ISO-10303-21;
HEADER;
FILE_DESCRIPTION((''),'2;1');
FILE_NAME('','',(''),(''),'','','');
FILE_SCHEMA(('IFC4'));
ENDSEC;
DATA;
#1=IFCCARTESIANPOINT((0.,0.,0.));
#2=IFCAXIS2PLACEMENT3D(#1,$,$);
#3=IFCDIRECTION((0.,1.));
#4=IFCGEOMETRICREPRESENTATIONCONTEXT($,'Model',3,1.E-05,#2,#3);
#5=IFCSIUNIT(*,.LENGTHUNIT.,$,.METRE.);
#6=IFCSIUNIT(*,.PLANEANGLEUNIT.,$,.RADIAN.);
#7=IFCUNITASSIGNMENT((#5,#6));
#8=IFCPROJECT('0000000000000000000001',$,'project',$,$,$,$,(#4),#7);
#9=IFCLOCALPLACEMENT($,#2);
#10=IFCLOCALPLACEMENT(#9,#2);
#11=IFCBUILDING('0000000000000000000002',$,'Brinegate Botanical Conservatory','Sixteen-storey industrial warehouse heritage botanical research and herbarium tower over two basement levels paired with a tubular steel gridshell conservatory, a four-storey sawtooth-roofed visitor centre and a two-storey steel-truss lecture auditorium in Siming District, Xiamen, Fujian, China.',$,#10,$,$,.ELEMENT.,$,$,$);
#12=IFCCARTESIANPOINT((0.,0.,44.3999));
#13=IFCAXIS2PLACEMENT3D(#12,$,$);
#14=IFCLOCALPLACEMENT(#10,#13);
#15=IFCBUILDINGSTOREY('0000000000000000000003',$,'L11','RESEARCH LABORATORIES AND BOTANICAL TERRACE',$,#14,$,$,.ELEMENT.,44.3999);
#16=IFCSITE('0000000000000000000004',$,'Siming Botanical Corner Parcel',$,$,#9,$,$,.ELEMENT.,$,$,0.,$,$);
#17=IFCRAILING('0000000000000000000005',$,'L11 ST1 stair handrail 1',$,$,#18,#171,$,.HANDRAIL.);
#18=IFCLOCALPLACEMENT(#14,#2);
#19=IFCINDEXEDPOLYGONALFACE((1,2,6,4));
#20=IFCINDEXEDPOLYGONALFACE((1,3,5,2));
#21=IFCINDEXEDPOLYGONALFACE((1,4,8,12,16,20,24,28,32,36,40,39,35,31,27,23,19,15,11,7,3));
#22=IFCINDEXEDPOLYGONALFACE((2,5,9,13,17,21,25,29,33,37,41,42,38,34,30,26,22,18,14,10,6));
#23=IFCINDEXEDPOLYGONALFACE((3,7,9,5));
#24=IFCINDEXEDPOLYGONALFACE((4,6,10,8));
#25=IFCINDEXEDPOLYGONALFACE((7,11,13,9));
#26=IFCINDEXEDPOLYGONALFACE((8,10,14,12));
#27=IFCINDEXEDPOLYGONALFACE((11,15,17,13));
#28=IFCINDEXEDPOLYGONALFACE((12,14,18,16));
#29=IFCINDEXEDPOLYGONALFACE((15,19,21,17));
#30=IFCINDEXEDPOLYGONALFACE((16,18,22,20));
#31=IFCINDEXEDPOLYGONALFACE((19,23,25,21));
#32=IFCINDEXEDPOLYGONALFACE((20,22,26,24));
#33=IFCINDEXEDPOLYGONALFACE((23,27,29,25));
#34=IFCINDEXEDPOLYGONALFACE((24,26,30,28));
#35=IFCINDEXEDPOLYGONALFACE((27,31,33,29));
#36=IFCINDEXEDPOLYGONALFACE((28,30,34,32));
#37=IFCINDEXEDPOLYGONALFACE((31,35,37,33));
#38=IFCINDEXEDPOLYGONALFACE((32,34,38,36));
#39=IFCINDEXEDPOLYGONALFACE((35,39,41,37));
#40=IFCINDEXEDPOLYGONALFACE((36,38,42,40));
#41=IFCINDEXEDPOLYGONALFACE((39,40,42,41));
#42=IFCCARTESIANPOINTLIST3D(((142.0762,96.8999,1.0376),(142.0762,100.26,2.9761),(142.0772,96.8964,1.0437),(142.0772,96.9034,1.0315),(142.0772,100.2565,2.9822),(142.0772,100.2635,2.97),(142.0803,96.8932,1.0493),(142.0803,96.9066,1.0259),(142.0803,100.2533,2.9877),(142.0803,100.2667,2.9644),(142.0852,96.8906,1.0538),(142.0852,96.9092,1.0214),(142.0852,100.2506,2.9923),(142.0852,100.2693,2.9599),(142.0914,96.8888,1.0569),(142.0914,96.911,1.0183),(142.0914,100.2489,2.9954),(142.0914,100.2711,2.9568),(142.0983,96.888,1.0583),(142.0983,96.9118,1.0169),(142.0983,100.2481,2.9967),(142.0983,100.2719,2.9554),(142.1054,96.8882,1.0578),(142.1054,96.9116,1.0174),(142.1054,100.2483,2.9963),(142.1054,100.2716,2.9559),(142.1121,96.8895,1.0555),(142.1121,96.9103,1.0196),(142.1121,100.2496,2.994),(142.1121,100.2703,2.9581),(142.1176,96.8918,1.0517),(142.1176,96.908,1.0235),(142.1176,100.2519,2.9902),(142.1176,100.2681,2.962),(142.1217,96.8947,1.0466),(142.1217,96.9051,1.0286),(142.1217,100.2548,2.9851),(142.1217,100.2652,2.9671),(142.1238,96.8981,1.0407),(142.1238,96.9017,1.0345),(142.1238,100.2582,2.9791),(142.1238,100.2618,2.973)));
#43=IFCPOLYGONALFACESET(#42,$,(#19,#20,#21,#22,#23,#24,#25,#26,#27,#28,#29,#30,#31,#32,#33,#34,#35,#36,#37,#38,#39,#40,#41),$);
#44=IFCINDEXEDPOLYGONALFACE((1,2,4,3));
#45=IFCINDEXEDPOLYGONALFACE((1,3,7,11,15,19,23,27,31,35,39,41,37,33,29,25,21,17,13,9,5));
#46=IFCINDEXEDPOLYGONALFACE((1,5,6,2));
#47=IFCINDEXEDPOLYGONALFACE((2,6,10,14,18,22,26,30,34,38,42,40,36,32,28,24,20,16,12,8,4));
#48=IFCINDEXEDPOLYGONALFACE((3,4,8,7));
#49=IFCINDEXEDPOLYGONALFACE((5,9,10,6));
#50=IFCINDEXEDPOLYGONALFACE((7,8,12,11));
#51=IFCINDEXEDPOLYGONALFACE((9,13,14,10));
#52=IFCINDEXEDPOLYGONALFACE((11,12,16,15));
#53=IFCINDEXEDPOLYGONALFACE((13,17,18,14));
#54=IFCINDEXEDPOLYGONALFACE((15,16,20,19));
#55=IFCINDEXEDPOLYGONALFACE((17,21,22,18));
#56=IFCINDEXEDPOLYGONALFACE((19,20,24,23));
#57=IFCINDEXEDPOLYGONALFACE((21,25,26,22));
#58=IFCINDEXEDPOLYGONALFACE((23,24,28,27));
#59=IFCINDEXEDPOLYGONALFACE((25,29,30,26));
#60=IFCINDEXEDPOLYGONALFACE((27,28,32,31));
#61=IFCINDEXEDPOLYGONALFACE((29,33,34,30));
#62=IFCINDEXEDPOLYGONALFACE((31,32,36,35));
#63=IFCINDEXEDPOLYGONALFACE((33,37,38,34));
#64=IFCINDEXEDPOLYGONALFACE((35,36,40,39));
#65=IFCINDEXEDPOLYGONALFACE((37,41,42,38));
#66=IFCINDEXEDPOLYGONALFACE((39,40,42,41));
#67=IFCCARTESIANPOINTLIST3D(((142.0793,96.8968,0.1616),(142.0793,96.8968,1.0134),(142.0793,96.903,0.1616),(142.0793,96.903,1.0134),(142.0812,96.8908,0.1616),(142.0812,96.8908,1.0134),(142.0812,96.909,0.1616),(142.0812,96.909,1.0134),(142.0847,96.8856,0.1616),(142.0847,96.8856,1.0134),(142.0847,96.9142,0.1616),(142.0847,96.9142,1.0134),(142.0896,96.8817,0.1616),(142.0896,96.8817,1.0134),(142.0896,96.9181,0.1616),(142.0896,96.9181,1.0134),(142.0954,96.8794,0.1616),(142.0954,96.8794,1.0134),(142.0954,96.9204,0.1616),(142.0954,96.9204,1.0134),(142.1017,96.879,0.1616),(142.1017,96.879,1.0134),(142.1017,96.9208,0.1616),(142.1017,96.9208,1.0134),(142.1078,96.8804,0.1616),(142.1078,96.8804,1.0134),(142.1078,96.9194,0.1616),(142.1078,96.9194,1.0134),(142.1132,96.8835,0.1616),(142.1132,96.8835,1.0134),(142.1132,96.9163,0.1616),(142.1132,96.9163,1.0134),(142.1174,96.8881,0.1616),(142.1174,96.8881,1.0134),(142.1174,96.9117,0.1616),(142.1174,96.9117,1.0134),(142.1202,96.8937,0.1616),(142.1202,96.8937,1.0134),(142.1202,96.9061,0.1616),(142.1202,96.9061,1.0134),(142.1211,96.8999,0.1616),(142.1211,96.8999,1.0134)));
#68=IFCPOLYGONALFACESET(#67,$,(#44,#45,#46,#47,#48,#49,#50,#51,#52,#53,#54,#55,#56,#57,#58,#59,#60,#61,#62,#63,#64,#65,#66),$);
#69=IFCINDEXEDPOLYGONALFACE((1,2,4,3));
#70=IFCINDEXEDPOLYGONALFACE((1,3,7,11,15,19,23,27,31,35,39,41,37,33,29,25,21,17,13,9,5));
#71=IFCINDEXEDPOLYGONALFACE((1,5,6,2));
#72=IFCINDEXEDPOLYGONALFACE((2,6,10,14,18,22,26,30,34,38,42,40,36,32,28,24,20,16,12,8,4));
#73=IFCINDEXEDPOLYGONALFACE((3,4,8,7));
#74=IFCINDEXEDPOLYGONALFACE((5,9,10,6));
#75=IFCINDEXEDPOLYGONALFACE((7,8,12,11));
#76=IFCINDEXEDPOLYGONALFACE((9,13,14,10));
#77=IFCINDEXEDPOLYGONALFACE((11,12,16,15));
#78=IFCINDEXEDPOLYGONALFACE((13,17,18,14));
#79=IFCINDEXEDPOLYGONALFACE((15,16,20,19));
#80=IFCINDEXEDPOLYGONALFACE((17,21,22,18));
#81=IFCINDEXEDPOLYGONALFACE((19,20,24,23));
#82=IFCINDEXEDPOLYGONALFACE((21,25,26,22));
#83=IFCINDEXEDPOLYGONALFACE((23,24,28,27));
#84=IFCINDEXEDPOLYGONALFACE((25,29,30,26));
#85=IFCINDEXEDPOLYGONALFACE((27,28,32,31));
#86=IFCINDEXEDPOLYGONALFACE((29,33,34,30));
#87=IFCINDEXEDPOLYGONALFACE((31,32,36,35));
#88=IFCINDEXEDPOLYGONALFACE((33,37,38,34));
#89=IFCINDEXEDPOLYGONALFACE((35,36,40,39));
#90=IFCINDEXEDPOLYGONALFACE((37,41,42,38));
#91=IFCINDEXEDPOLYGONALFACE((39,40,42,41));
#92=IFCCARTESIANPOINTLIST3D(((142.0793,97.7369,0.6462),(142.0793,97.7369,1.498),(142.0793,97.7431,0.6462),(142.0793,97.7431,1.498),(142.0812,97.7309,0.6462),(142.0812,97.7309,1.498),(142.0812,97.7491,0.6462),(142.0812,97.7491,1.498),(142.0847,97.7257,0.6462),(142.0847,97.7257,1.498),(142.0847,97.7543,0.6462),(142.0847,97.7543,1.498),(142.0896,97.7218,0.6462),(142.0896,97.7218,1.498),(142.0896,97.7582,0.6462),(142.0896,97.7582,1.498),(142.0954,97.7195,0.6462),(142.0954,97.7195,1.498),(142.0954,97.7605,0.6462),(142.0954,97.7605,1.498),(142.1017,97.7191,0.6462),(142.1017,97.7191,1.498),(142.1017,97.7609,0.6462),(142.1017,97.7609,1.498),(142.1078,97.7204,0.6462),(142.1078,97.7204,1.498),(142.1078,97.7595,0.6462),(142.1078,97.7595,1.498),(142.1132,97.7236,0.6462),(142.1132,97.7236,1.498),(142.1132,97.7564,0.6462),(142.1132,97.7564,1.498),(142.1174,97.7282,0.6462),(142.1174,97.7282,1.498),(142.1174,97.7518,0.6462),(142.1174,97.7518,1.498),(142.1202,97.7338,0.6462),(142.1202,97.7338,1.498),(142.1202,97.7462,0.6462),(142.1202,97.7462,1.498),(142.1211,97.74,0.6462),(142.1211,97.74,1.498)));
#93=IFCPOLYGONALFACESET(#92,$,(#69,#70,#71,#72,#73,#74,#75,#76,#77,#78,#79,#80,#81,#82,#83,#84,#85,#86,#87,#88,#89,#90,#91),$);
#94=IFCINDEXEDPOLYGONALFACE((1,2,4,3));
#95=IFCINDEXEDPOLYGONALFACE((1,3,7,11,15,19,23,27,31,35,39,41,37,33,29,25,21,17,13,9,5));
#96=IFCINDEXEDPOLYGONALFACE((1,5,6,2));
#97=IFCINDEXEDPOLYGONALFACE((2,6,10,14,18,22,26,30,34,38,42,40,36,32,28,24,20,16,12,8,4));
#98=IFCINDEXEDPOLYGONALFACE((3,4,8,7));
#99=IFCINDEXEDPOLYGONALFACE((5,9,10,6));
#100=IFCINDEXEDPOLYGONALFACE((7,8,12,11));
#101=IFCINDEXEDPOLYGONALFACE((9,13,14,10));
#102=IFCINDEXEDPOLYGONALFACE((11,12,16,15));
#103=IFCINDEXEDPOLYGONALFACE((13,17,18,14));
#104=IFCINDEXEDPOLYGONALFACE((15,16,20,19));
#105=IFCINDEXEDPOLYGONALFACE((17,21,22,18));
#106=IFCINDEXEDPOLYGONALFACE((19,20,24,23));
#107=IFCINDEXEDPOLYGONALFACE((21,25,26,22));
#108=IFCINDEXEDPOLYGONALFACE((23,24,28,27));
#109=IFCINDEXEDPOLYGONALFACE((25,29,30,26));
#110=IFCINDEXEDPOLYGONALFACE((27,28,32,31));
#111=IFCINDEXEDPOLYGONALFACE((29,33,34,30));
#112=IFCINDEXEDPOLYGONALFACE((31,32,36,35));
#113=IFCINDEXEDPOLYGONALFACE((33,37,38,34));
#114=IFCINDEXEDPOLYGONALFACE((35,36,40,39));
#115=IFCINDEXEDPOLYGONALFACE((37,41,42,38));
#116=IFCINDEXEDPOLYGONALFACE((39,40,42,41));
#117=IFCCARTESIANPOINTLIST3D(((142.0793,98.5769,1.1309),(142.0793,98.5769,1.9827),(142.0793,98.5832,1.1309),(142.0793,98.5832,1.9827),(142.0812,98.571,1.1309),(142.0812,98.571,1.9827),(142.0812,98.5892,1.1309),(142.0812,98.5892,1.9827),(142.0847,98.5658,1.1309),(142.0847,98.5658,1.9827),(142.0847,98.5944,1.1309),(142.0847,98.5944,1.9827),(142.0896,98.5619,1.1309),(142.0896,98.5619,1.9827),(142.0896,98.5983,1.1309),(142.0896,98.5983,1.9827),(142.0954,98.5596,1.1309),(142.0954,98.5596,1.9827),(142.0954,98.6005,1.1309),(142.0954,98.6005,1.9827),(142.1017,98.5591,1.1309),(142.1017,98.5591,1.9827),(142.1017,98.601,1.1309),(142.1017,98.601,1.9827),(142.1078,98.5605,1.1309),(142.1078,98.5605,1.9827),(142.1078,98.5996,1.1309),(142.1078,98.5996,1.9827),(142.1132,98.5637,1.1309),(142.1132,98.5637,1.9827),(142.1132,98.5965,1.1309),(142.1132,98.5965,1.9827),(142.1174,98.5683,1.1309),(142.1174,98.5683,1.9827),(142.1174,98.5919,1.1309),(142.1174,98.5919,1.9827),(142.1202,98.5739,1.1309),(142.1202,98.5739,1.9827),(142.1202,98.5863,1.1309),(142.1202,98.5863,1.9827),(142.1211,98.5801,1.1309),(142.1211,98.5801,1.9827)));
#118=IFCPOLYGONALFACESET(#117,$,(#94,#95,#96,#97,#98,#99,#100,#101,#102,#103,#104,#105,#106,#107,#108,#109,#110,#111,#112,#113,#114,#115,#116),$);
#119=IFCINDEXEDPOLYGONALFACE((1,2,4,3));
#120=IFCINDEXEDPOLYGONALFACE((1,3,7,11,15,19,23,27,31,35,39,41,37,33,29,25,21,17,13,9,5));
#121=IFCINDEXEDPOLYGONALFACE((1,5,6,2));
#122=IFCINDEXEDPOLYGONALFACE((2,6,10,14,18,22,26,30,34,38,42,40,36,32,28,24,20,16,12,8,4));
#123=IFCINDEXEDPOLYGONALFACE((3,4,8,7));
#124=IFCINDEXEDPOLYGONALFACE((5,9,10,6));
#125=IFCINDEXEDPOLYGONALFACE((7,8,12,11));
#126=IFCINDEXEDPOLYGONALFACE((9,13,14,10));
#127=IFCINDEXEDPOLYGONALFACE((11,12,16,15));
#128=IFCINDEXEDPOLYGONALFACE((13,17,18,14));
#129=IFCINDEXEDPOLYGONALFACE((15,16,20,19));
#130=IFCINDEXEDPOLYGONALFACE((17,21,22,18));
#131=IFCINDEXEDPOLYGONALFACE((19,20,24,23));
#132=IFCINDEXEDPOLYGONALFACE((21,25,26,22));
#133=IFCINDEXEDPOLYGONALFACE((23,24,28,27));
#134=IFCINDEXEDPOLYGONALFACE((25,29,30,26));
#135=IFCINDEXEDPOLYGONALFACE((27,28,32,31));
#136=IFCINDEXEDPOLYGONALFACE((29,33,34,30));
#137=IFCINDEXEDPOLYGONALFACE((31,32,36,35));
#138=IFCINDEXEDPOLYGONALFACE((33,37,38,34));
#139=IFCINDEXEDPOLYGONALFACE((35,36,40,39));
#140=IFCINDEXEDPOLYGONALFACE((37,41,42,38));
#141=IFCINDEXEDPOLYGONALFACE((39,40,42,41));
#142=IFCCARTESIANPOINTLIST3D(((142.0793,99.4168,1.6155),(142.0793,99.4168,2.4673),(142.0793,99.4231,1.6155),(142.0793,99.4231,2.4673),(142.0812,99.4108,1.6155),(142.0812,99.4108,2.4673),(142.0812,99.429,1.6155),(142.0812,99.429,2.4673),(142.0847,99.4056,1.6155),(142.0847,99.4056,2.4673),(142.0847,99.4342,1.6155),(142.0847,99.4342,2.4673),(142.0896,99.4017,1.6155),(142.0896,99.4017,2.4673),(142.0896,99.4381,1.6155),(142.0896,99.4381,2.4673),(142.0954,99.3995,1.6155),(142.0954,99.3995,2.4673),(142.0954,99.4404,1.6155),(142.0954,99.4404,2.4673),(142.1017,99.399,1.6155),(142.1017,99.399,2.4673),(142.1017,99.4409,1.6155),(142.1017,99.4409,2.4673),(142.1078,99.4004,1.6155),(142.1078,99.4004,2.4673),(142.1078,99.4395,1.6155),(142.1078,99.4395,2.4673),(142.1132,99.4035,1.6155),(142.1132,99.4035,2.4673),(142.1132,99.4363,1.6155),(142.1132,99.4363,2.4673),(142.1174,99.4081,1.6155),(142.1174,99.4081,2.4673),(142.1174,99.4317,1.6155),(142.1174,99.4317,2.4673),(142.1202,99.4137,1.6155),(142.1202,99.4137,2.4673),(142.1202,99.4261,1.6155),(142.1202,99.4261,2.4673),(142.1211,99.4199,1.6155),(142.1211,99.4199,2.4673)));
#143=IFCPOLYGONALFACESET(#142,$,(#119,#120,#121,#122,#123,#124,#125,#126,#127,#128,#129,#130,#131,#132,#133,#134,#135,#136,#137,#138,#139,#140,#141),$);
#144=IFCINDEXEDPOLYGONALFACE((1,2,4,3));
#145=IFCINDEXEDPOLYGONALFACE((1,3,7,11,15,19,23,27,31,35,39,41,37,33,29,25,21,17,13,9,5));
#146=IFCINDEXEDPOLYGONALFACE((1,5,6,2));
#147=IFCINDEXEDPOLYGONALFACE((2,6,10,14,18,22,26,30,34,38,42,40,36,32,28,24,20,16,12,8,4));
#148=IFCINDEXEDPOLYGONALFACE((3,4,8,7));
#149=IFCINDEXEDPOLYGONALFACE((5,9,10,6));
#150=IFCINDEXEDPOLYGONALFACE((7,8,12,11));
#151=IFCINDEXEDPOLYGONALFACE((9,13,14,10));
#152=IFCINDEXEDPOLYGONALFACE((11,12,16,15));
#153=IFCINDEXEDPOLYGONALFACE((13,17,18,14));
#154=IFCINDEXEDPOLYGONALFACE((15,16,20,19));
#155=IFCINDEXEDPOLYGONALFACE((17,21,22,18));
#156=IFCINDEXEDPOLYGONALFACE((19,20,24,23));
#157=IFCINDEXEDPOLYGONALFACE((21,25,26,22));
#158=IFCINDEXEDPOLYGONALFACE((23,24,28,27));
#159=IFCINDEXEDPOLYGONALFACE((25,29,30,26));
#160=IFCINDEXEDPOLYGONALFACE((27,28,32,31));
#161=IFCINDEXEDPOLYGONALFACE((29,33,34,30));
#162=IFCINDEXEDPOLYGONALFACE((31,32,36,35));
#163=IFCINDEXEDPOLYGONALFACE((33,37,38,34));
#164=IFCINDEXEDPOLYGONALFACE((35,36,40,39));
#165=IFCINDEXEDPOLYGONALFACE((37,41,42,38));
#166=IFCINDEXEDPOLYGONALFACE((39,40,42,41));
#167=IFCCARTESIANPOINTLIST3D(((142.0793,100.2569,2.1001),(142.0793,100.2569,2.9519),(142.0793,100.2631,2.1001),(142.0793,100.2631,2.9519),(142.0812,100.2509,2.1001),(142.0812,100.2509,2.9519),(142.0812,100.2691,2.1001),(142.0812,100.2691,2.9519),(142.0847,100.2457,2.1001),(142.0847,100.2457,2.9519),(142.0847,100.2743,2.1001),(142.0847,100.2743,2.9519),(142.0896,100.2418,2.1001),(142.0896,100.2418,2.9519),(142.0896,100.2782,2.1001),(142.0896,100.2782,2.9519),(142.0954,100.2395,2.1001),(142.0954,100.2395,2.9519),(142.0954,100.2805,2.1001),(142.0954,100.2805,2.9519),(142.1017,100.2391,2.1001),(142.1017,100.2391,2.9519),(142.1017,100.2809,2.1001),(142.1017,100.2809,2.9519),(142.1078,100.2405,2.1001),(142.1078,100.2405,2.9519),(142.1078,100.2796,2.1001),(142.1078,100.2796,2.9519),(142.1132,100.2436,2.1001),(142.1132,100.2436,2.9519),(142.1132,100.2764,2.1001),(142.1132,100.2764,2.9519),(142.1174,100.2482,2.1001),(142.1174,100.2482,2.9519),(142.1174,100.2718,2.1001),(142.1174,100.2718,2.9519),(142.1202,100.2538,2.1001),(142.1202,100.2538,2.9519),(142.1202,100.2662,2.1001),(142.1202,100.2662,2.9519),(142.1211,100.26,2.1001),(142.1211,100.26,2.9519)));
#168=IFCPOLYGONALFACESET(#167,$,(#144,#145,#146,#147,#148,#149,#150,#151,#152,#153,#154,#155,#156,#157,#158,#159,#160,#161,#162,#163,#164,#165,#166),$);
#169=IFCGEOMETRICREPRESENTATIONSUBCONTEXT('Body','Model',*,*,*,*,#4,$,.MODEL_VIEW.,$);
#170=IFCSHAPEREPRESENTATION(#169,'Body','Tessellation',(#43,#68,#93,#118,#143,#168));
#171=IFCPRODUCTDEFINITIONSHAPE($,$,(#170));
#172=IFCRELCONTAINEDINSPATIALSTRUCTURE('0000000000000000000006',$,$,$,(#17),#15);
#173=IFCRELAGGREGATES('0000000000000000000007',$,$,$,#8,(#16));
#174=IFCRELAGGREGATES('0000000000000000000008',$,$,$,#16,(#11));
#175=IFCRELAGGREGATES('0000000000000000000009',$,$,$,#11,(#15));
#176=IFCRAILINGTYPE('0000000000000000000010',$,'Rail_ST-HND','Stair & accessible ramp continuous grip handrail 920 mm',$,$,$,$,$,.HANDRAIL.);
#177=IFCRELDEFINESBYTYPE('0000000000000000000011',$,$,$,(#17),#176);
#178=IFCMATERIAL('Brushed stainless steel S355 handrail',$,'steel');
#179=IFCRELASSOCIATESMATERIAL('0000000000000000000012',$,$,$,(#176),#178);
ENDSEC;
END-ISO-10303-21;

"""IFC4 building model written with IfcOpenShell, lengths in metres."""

from ifc_helpers import new_model, si_unit, direction, frame, origin, origin_2d, place, context, subcontext, project, spatial, circle, extrude, material, type_object, element, save


model = new_model("IFC4")

# Units and contexts
model_context = context("Model", 3, precision=1e-05, world=origin(), true_north=direction((0.0, 1.0)))
body_context = subcontext(model_context, "Body", "Model", "MODEL_VIEW")
ifc_project = project(units=[si_unit("LENGTHUNIT", "METRE"), si_unit("PLANEANGLEUNIT", "RADIAN")], contexts=[model_context])

# Site, building, storey
site_placement = place(None, origin())
site = spatial("IfcSite", under=ifc_project, at=site_placement, Name="Siming Botanical Corner Parcel", CompositionType="ELEMENT", RefElevation=0.0)
building_placement = place(site_placement, origin())
building = spatial("IfcBuilding", under=site, at=building_placement, Name="Brinegate Botanical Conservatory", Description="Sixteen-storey industrial warehouse heritage botanical research and herbarium tower over two basement levels paired with a tubular steel gridshell conservatory, a four-storey sawtooth-roofed visitor centre and a two-storey steel-truss lecture auditorium in Siming District, Xiamen, Fujian, China.", CompositionType="ELEMENT")
storey_placement = place(building_placement, frame((0.0, 0.0, 44.3999)))
storey = spatial("IfcBuildingStorey", under=building, at=storey_placement, Name="L11", Description="RESEARCH LABORATORIES AND BOTANICAL TERRACE", CompositionType="ELEMENT", Elevation=44.3999)

# Railing
ifc_material_1 = material(Name="Brushed stainless steel S355 handrail", Category="steel")
railing_type_1 = type_object("IfcRailingType", Name="Rail_ST-HND", Description="Stair & accessible ramp continuous grip handrail 920 mm", PredefinedType="HANDRAIL", material=ifc_material_1)
railing_1_placement = place(storey_placement, frame((142.1001, 96.8999, 0.1616)))
element("IfcRailing", 1, at=railing_1_placement, inside=storey, type_object=railing_type_1, Name="L11 ST1 stair handrail 1", PredefinedType="HANDRAIL", context=body_context, shape_type="SweptSolid", body=[
    extrude(circle(Radius=0.0239, at=origin_2d()), frame((0.0, 0.0, 0.876), z_axis=(0.0, 0.866191, 0.499713), x_axis=(-1.0, 0.0, 0.0)), (0.0, 0.0, 1.0), 3.8792),
    extrude(circle(Radius=0.021, at=origin_2d()), origin(), (0.0, 0.0, 1.0), 0.8518),
    extrude(circle(Radius=0.021, at=origin_2d()), frame((0.0, 0.8401, 0.4846)), (0.0, 0.0, 1.0), 0.8518),
    extrude(circle(Radius=0.021, at=origin_2d()), frame((0.0, 1.6802, 0.9692)), (0.0, 0.0, 1.0), 0.8518),
    extrude(circle(Radius=0.021, at=origin_2d()), frame((0.0, 2.52, 1.4539)), (0.0, 0.0, 1.0), 0.8518),
    extrude(circle(Radius=0.021, at=origin_2d()), frame((0.0, 3.3601, 1.9385)), (0.0, 0.0, 1.0), 0.8518),
])

save(model, "model.ifc")
